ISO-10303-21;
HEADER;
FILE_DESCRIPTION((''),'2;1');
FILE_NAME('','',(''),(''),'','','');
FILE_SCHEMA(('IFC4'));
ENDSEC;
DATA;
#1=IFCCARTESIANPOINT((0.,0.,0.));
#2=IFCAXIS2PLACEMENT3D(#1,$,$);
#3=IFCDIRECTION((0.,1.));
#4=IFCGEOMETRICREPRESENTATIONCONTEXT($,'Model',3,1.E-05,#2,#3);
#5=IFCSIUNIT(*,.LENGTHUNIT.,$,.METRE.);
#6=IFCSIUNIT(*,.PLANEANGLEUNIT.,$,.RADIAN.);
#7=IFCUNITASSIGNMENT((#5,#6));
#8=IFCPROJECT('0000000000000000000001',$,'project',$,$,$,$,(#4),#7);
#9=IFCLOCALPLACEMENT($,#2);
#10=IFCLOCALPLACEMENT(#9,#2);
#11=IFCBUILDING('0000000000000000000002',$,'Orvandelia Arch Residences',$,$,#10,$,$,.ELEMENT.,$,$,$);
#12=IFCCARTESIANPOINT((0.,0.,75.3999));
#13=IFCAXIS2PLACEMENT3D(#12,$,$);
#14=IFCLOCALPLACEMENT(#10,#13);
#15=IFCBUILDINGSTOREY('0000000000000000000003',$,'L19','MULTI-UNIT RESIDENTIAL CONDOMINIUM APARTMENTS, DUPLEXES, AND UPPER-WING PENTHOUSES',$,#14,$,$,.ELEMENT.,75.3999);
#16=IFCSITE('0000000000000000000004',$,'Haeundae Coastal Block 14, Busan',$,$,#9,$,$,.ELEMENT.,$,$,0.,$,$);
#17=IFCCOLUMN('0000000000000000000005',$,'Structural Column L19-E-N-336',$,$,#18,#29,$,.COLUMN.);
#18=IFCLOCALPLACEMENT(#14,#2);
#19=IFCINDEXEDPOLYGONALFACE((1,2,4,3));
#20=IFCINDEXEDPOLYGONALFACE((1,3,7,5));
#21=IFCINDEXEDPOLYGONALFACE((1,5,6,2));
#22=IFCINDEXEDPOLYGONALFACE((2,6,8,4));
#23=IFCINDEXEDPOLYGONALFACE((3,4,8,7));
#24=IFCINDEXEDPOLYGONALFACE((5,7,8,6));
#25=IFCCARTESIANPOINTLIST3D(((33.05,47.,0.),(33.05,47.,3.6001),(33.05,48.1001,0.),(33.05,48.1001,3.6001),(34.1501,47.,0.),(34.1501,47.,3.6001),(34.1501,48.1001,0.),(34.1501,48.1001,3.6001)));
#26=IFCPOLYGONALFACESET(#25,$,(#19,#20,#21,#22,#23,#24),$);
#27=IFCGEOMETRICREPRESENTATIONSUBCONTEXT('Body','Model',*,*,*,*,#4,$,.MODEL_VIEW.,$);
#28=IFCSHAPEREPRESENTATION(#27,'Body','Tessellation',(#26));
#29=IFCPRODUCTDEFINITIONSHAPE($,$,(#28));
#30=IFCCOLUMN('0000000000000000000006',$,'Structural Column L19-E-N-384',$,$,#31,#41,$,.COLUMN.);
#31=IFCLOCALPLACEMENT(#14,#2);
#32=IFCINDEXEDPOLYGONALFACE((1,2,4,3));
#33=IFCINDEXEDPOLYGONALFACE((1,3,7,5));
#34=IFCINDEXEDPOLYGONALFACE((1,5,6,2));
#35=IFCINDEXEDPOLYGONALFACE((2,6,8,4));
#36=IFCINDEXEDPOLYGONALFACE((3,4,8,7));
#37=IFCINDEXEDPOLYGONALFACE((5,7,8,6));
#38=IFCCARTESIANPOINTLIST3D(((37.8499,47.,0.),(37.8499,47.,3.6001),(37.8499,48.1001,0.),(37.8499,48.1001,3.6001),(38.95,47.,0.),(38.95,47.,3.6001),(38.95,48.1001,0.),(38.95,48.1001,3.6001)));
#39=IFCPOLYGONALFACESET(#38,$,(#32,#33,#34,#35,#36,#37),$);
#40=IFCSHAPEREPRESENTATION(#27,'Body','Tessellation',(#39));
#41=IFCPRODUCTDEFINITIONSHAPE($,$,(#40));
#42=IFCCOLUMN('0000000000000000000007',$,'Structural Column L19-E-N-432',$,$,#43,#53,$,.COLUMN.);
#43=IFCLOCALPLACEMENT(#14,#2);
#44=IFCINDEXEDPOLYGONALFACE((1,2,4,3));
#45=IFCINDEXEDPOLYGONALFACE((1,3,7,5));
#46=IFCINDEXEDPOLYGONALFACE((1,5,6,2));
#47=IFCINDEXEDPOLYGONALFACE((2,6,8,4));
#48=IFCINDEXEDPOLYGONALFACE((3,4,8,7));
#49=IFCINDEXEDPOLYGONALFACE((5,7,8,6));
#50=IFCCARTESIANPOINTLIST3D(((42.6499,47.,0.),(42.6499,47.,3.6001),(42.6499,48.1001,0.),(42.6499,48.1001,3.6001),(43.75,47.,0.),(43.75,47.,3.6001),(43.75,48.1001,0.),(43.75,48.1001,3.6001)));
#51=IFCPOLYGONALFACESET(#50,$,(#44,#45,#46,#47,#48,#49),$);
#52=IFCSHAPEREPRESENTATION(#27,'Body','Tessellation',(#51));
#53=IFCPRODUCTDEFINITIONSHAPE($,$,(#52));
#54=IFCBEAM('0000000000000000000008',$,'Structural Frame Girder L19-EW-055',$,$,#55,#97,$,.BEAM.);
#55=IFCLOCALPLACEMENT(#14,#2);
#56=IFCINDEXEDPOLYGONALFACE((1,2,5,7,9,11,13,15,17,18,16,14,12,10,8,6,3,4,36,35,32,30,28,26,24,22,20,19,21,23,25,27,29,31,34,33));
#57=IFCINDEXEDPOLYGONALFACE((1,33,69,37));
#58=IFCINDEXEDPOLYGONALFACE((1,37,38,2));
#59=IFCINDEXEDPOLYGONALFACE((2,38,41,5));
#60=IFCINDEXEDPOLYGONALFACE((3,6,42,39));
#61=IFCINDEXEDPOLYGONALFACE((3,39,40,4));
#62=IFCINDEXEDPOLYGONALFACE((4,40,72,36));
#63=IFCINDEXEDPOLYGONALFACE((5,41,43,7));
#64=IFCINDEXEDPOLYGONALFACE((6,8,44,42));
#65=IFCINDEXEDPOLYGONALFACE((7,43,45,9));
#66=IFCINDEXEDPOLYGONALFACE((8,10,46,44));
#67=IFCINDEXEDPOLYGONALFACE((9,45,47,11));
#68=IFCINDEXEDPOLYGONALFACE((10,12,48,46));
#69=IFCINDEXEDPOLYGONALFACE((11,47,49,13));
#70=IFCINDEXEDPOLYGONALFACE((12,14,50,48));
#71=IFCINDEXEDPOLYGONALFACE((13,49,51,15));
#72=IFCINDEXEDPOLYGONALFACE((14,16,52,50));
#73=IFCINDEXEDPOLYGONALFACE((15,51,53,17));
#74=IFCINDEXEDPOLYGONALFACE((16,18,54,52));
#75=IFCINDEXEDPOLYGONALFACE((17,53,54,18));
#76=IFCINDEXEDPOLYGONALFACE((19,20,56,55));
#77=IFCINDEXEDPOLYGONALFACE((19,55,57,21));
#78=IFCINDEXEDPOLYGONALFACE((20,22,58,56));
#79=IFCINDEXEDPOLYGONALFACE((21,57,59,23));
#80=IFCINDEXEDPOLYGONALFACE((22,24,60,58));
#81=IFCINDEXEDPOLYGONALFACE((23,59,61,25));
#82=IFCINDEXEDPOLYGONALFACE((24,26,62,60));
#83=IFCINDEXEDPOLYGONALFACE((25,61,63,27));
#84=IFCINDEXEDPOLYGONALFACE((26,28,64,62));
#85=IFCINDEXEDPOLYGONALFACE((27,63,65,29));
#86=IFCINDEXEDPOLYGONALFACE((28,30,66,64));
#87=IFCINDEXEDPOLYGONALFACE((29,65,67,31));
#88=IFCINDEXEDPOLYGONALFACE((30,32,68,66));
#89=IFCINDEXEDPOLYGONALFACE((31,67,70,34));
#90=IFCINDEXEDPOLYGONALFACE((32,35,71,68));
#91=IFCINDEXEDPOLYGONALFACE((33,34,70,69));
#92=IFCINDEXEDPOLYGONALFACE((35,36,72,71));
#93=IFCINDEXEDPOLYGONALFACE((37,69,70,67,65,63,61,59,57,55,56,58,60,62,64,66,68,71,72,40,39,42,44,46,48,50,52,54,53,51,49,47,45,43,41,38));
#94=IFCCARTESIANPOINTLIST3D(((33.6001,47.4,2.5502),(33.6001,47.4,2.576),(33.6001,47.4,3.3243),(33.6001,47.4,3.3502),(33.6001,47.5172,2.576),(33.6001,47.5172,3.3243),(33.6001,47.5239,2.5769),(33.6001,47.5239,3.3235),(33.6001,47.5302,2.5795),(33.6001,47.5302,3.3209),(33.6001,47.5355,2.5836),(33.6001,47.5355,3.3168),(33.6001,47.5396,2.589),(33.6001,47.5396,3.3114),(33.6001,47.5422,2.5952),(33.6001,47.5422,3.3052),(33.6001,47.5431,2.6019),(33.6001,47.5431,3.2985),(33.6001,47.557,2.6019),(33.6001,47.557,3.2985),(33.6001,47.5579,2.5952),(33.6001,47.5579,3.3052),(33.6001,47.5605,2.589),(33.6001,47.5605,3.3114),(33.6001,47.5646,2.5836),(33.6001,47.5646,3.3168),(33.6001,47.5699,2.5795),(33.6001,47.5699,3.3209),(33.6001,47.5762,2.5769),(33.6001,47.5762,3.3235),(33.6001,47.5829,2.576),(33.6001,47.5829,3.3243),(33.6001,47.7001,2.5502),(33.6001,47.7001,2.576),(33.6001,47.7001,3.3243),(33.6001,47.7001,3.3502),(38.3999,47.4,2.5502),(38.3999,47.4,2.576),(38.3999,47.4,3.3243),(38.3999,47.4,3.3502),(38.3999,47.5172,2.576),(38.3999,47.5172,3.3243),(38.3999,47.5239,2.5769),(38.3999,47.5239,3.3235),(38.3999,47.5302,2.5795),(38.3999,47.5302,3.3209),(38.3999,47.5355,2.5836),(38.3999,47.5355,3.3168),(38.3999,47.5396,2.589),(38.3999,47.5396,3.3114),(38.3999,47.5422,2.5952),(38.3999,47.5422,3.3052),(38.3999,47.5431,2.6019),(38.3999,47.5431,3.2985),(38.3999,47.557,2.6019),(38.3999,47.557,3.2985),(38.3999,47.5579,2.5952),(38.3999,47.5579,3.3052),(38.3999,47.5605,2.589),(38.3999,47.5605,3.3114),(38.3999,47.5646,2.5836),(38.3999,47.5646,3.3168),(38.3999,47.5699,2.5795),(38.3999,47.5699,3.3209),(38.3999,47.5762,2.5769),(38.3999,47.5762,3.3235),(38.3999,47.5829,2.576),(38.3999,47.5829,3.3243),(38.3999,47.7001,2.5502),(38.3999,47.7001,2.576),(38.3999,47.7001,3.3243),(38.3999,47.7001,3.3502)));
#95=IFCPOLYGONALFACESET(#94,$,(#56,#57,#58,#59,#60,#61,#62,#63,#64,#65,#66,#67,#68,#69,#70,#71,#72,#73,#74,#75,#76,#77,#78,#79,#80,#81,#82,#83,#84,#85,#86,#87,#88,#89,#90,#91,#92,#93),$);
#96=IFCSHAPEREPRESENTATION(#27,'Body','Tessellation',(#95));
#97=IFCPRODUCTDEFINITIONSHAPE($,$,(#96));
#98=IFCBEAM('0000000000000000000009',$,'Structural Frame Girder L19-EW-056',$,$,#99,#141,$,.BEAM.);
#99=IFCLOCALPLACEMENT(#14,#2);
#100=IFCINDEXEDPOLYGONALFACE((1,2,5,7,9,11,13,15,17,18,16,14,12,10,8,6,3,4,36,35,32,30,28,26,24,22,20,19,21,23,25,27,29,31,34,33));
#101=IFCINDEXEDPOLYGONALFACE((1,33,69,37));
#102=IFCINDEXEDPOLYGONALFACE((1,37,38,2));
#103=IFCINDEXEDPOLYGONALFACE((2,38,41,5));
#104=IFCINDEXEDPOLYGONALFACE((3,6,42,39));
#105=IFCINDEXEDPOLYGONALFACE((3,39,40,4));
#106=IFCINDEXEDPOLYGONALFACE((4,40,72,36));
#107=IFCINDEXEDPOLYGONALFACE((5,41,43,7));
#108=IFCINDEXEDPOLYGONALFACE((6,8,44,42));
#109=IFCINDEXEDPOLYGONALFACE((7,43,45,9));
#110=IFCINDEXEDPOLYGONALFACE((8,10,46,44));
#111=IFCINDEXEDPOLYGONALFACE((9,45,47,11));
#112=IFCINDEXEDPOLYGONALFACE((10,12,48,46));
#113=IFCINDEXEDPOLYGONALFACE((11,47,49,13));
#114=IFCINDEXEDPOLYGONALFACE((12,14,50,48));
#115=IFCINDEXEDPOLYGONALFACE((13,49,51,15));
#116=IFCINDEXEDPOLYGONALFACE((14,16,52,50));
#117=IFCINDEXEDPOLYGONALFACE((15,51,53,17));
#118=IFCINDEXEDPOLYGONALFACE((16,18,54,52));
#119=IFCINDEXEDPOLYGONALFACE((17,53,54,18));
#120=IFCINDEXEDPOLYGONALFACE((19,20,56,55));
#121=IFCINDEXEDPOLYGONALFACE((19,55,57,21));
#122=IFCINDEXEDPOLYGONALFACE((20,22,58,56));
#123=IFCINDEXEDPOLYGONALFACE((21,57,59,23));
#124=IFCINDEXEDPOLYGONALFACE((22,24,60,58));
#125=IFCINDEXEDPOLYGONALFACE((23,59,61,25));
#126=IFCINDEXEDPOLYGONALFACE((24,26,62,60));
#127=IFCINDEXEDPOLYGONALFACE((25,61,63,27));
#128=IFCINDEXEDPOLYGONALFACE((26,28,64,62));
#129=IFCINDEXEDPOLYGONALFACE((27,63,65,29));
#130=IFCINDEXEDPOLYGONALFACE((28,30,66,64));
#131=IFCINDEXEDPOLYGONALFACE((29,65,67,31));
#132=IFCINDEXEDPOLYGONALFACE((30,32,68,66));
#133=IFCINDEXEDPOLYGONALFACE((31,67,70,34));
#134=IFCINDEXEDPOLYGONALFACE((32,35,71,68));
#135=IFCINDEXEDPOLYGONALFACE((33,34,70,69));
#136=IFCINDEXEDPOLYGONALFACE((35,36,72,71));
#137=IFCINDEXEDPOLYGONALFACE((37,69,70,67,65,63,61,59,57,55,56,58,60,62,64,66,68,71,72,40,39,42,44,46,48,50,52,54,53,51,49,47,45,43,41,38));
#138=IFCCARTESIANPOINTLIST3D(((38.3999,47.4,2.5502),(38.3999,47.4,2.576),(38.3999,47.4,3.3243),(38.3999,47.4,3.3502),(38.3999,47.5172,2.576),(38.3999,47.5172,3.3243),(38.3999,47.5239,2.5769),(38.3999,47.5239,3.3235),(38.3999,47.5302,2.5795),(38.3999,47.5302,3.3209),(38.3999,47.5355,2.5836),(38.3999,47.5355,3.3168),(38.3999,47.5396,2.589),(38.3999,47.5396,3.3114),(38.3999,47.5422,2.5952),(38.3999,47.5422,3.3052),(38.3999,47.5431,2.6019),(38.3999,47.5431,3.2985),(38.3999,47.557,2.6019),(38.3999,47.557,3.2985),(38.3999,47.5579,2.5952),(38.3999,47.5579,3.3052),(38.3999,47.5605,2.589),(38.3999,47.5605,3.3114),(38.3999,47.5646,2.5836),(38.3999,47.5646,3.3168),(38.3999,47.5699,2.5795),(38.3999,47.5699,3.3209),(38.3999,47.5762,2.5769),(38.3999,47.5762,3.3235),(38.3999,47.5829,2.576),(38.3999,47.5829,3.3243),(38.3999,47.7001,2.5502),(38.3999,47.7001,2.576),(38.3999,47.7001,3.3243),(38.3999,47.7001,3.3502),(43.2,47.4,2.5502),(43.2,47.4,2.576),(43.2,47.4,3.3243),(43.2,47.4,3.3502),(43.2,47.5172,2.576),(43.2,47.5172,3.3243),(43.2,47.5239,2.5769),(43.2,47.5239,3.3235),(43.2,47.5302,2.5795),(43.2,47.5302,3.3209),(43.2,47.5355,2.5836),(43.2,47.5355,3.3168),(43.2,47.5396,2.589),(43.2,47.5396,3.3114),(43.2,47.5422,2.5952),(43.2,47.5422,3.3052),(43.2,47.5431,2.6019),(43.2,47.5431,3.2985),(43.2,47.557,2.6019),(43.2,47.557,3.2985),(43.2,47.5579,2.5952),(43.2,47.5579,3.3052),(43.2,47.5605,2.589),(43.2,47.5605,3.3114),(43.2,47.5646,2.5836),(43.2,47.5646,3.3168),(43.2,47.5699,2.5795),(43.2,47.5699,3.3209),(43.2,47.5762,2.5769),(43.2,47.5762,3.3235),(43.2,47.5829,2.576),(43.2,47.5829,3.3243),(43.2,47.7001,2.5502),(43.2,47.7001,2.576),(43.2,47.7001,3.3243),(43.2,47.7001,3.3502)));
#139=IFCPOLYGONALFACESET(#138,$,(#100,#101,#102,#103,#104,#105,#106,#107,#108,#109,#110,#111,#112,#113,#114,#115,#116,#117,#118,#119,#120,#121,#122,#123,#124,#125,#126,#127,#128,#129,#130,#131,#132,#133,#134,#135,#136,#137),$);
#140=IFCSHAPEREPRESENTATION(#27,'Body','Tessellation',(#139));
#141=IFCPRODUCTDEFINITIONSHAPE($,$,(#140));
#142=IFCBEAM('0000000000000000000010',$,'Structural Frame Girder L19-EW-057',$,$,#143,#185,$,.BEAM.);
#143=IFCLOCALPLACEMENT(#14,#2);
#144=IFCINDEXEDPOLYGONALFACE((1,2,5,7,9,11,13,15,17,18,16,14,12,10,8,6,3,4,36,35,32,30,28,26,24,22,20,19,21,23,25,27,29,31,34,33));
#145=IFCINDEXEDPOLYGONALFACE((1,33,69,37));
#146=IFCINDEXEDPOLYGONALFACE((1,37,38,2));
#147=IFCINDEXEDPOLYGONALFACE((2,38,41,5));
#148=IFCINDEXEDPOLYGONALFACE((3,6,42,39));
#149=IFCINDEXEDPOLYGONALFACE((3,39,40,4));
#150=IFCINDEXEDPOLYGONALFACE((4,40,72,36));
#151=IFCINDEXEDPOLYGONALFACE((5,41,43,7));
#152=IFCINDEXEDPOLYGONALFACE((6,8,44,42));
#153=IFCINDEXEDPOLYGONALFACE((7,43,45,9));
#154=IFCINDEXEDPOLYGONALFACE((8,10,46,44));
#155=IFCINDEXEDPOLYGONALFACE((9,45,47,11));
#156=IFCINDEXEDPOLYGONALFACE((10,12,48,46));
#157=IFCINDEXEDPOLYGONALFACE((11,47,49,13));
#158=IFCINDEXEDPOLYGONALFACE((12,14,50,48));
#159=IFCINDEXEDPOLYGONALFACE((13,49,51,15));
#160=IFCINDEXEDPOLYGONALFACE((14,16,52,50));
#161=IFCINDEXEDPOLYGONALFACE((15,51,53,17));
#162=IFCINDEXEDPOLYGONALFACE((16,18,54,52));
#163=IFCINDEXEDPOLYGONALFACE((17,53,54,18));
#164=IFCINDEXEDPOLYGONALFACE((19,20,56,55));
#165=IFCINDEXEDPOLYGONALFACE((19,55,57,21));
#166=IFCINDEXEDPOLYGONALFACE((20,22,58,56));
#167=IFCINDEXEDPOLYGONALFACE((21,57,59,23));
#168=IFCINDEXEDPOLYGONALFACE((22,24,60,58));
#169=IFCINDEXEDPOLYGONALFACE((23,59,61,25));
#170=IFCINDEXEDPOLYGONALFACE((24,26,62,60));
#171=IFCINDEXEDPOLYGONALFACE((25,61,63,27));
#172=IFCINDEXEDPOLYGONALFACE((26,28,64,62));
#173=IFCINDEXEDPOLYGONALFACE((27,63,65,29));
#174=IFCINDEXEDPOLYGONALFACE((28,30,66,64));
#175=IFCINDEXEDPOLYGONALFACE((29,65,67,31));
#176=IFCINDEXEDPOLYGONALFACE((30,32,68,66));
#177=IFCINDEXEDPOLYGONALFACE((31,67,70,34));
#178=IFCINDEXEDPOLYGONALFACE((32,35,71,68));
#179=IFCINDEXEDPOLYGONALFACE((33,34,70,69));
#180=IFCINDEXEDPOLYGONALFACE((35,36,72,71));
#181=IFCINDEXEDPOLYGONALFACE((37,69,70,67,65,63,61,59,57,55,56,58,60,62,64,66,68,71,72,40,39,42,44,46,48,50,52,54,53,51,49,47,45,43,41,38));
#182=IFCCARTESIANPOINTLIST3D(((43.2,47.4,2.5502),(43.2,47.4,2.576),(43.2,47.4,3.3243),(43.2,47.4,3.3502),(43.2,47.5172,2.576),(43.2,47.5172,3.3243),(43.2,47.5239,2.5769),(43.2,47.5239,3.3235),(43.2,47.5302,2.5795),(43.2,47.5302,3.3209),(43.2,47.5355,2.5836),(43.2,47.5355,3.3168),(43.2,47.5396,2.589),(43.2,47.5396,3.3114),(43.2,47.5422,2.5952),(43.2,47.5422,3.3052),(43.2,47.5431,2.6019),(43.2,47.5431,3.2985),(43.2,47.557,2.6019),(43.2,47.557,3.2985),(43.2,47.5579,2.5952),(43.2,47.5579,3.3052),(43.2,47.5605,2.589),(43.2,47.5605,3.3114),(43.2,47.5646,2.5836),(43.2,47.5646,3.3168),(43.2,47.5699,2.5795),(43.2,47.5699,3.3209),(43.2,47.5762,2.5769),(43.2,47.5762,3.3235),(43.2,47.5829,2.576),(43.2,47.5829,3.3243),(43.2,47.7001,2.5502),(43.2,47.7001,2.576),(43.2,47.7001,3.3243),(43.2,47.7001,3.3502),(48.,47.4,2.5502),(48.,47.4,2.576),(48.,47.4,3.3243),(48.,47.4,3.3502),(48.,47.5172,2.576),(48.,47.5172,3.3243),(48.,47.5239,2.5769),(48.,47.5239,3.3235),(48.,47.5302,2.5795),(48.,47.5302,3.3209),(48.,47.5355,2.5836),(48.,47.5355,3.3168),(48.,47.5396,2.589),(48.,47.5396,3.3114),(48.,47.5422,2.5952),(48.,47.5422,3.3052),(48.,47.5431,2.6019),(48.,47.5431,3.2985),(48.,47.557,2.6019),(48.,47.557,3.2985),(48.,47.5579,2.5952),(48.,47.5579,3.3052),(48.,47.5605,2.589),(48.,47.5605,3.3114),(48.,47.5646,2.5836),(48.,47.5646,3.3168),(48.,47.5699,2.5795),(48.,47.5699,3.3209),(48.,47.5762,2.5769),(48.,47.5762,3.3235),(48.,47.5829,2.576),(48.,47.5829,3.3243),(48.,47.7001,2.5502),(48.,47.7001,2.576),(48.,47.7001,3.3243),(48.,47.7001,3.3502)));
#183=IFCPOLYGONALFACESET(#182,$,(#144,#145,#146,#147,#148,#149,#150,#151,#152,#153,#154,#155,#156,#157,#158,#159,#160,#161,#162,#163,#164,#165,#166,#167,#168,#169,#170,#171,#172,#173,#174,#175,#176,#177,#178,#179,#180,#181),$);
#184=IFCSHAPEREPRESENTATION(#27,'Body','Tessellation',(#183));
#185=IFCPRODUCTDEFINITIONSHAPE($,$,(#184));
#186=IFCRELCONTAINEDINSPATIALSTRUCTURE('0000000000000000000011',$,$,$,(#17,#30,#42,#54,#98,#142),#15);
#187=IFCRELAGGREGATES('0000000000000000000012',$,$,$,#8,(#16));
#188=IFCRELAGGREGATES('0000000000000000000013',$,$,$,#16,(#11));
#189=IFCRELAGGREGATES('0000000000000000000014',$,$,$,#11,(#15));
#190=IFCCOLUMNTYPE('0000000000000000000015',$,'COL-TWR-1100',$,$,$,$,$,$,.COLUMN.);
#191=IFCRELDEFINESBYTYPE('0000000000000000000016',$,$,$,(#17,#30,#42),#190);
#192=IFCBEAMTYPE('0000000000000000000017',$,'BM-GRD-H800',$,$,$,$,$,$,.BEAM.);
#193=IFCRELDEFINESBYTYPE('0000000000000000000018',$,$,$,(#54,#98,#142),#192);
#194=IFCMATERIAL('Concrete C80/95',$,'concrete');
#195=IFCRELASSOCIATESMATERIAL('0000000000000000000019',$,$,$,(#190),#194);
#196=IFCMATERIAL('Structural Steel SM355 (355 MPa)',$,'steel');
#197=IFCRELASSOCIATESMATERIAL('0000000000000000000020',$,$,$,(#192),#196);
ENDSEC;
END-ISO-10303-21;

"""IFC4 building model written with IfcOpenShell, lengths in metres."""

from ifc_helpers import new_model, si_unit, direction, frame, origin, origin_2d, place, context, subcontext, project, spatial, rectangle, i_section, extrude, material, material_profile, profile_set, type_object, element, save


model = new_model("IFC4")

# Units and contexts
model_context = context("Model", 3, precision=1e-05, world=origin(), true_north=direction((0.0, 1.0)))
body_context = subcontext(model_context, "Body", "Model", "MODEL_VIEW")
ifc_project = project(units=[si_unit("LENGTHUNIT", "METRE"), si_unit("PLANEANGLEUNIT", "RADIAN")], contexts=[model_context])

# Site, building, storey
site_placement = place(None, origin())
site = spatial("IfcSite", under=ifc_project, at=site_placement, Name="Haeundae Coastal Block 14, Busan", CompositionType="ELEMENT", RefElevation=0.0)
building_placement = place(site_placement, origin())
building = spatial("IfcBuilding", under=site, at=building_placement, Name="Orvandelia Arch Residences", CompositionType="ELEMENT")
storey_placement = place(building_placement, frame((0.0, 0.0, 75.3999)))
storey = spatial("IfcBuildingStorey", under=building, at=storey_placement, Name="L19", Description="MULTI-UNIT RESIDENTIAL CONDOMINIUM APARTMENTS, DUPLEXES, AND UPPER-WING PENTHOUSES", CompositionType="ELEMENT", Elevation=75.3999)

# Columns
ifc_material_1 = material(Name="Concrete C80/95", Category="concrete")
ifc_material_profile_1 = material_profile(ifc_material_1, rectangle(XDim=1.1001, YDim=1.1001, at=origin_2d()), Name="Concrete C80/95", Category="concrete")
ifc_profile_set_1 = profile_set([ifc_material_profile_1], Name="Concrete C80/95")
column_type = type_object("IfcColumnType", Name="COL-TWR-1100", PredefinedType="COLUMN", material=ifc_profile_set_1)
for number, where, z_axis, x_axis, name in (
    (1, (33.6001, 47.55, 0.0), (0.0, 0.0, 1.0), (1.0, 0.0, 0.0), "Structural Column L19-E-N-336"),
    (2, (38.3999, 47.55, 0.0), (0.0, 0.0, 1.0), (1.0, 0.0, 0.0), "Structural Column L19-E-N-384"),
    (3, (43.2, 47.55, 0.0), (0.0, 0.0, 1.0), (1.0, 0.0, 0.0), "Structural Column L19-E-N-432"),
):
    element("IfcColumn", number, at=place(storey_placement, frame(where, z_axis=z_axis, x_axis=x_axis)), inside=storey, type_object=column_type, Name=name, PredefinedType="COLUMN", context=body_context, shape_type="SweptSolid", body=[
        extrude(rectangle(XDim=1.1001, YDim=1.1001, at=origin_2d()), origin(), (0.0, 0.0, 1.0), 3.6001),
    ])

# Beams
ifc_material_2 = material(Name="Structural Steel SM355 (355 MPa)", Category="steel")
ifc_material_profile_2 = material_profile(ifc_material_2, i_section(OverallWidth=0.3, OverallDepth=0.8, WebThickness=0.0139, FlangeThickness=0.0259, FilletRadius=0.0259, at=origin_2d()), Name="Structural Steel SM355 (355 MPa)", Category="steel")
ifc_profile_set_2 = profile_set([ifc_material_profile_2], Name="Structural Steel SM355 (355 MPa)")
beam_type = type_object("IfcBeamType", Name="BM-GRD-H800", PredefinedType="BEAM", material=ifc_profile_set_2)
beam_placement = place(storey_placement, frame((33.6001, 47.55, 2.9502), z_axis=(1.0, 0.0, 0.0), x_axis=(0.0, 1.0, 0.0)))
element("IfcBeam", 4, at=beam_placement, inside=storey, type_object=beam_type, Name="Structural Frame Girder L19-EW-055", PredefinedType="BEAM", context=body_context, shape_type="SweptSolid", body=[
    extrude(i_section(OverallWidth=0.3, OverallDepth=0.8, WebThickness=0.0139, FlangeThickness=0.0259, FilletRadius=0.0259, at=origin_2d()), origin(), (0.0, 0.0, 1.0), 4.7998),
])
for number, where, z_axis, x_axis, name in (
    (5, (38.3999, 47.55, 2.9502), (1.0, 0.0, 0.0), (0.0, 1.0, 0.0), "Structural Frame Girder L19-EW-056"),
    (6, (43.2, 47.55, 2.9502), (1.0, 0.0, 0.0), (0.0, 1.0, 0.0), "Structural Frame Girder L19-EW-057"),
):
    element("IfcBeam", number, at=place(storey_placement, frame(where, z_axis=z_axis, x_axis=x_axis)), inside=storey, type_object=beam_type, Name=name, PredefinedType="BEAM", context=body_context, shape_type="SweptSolid", body=[
        extrude(i_section(OverallWidth=0.3, OverallDepth=0.8, WebThickness=0.0139, FlangeThickness=0.0259, FilletRadius=0.0259, at=origin_2d()), origin(), (0.0, 0.0, 1.0), 4.8),
    ])

save(model, "model.ifc")
